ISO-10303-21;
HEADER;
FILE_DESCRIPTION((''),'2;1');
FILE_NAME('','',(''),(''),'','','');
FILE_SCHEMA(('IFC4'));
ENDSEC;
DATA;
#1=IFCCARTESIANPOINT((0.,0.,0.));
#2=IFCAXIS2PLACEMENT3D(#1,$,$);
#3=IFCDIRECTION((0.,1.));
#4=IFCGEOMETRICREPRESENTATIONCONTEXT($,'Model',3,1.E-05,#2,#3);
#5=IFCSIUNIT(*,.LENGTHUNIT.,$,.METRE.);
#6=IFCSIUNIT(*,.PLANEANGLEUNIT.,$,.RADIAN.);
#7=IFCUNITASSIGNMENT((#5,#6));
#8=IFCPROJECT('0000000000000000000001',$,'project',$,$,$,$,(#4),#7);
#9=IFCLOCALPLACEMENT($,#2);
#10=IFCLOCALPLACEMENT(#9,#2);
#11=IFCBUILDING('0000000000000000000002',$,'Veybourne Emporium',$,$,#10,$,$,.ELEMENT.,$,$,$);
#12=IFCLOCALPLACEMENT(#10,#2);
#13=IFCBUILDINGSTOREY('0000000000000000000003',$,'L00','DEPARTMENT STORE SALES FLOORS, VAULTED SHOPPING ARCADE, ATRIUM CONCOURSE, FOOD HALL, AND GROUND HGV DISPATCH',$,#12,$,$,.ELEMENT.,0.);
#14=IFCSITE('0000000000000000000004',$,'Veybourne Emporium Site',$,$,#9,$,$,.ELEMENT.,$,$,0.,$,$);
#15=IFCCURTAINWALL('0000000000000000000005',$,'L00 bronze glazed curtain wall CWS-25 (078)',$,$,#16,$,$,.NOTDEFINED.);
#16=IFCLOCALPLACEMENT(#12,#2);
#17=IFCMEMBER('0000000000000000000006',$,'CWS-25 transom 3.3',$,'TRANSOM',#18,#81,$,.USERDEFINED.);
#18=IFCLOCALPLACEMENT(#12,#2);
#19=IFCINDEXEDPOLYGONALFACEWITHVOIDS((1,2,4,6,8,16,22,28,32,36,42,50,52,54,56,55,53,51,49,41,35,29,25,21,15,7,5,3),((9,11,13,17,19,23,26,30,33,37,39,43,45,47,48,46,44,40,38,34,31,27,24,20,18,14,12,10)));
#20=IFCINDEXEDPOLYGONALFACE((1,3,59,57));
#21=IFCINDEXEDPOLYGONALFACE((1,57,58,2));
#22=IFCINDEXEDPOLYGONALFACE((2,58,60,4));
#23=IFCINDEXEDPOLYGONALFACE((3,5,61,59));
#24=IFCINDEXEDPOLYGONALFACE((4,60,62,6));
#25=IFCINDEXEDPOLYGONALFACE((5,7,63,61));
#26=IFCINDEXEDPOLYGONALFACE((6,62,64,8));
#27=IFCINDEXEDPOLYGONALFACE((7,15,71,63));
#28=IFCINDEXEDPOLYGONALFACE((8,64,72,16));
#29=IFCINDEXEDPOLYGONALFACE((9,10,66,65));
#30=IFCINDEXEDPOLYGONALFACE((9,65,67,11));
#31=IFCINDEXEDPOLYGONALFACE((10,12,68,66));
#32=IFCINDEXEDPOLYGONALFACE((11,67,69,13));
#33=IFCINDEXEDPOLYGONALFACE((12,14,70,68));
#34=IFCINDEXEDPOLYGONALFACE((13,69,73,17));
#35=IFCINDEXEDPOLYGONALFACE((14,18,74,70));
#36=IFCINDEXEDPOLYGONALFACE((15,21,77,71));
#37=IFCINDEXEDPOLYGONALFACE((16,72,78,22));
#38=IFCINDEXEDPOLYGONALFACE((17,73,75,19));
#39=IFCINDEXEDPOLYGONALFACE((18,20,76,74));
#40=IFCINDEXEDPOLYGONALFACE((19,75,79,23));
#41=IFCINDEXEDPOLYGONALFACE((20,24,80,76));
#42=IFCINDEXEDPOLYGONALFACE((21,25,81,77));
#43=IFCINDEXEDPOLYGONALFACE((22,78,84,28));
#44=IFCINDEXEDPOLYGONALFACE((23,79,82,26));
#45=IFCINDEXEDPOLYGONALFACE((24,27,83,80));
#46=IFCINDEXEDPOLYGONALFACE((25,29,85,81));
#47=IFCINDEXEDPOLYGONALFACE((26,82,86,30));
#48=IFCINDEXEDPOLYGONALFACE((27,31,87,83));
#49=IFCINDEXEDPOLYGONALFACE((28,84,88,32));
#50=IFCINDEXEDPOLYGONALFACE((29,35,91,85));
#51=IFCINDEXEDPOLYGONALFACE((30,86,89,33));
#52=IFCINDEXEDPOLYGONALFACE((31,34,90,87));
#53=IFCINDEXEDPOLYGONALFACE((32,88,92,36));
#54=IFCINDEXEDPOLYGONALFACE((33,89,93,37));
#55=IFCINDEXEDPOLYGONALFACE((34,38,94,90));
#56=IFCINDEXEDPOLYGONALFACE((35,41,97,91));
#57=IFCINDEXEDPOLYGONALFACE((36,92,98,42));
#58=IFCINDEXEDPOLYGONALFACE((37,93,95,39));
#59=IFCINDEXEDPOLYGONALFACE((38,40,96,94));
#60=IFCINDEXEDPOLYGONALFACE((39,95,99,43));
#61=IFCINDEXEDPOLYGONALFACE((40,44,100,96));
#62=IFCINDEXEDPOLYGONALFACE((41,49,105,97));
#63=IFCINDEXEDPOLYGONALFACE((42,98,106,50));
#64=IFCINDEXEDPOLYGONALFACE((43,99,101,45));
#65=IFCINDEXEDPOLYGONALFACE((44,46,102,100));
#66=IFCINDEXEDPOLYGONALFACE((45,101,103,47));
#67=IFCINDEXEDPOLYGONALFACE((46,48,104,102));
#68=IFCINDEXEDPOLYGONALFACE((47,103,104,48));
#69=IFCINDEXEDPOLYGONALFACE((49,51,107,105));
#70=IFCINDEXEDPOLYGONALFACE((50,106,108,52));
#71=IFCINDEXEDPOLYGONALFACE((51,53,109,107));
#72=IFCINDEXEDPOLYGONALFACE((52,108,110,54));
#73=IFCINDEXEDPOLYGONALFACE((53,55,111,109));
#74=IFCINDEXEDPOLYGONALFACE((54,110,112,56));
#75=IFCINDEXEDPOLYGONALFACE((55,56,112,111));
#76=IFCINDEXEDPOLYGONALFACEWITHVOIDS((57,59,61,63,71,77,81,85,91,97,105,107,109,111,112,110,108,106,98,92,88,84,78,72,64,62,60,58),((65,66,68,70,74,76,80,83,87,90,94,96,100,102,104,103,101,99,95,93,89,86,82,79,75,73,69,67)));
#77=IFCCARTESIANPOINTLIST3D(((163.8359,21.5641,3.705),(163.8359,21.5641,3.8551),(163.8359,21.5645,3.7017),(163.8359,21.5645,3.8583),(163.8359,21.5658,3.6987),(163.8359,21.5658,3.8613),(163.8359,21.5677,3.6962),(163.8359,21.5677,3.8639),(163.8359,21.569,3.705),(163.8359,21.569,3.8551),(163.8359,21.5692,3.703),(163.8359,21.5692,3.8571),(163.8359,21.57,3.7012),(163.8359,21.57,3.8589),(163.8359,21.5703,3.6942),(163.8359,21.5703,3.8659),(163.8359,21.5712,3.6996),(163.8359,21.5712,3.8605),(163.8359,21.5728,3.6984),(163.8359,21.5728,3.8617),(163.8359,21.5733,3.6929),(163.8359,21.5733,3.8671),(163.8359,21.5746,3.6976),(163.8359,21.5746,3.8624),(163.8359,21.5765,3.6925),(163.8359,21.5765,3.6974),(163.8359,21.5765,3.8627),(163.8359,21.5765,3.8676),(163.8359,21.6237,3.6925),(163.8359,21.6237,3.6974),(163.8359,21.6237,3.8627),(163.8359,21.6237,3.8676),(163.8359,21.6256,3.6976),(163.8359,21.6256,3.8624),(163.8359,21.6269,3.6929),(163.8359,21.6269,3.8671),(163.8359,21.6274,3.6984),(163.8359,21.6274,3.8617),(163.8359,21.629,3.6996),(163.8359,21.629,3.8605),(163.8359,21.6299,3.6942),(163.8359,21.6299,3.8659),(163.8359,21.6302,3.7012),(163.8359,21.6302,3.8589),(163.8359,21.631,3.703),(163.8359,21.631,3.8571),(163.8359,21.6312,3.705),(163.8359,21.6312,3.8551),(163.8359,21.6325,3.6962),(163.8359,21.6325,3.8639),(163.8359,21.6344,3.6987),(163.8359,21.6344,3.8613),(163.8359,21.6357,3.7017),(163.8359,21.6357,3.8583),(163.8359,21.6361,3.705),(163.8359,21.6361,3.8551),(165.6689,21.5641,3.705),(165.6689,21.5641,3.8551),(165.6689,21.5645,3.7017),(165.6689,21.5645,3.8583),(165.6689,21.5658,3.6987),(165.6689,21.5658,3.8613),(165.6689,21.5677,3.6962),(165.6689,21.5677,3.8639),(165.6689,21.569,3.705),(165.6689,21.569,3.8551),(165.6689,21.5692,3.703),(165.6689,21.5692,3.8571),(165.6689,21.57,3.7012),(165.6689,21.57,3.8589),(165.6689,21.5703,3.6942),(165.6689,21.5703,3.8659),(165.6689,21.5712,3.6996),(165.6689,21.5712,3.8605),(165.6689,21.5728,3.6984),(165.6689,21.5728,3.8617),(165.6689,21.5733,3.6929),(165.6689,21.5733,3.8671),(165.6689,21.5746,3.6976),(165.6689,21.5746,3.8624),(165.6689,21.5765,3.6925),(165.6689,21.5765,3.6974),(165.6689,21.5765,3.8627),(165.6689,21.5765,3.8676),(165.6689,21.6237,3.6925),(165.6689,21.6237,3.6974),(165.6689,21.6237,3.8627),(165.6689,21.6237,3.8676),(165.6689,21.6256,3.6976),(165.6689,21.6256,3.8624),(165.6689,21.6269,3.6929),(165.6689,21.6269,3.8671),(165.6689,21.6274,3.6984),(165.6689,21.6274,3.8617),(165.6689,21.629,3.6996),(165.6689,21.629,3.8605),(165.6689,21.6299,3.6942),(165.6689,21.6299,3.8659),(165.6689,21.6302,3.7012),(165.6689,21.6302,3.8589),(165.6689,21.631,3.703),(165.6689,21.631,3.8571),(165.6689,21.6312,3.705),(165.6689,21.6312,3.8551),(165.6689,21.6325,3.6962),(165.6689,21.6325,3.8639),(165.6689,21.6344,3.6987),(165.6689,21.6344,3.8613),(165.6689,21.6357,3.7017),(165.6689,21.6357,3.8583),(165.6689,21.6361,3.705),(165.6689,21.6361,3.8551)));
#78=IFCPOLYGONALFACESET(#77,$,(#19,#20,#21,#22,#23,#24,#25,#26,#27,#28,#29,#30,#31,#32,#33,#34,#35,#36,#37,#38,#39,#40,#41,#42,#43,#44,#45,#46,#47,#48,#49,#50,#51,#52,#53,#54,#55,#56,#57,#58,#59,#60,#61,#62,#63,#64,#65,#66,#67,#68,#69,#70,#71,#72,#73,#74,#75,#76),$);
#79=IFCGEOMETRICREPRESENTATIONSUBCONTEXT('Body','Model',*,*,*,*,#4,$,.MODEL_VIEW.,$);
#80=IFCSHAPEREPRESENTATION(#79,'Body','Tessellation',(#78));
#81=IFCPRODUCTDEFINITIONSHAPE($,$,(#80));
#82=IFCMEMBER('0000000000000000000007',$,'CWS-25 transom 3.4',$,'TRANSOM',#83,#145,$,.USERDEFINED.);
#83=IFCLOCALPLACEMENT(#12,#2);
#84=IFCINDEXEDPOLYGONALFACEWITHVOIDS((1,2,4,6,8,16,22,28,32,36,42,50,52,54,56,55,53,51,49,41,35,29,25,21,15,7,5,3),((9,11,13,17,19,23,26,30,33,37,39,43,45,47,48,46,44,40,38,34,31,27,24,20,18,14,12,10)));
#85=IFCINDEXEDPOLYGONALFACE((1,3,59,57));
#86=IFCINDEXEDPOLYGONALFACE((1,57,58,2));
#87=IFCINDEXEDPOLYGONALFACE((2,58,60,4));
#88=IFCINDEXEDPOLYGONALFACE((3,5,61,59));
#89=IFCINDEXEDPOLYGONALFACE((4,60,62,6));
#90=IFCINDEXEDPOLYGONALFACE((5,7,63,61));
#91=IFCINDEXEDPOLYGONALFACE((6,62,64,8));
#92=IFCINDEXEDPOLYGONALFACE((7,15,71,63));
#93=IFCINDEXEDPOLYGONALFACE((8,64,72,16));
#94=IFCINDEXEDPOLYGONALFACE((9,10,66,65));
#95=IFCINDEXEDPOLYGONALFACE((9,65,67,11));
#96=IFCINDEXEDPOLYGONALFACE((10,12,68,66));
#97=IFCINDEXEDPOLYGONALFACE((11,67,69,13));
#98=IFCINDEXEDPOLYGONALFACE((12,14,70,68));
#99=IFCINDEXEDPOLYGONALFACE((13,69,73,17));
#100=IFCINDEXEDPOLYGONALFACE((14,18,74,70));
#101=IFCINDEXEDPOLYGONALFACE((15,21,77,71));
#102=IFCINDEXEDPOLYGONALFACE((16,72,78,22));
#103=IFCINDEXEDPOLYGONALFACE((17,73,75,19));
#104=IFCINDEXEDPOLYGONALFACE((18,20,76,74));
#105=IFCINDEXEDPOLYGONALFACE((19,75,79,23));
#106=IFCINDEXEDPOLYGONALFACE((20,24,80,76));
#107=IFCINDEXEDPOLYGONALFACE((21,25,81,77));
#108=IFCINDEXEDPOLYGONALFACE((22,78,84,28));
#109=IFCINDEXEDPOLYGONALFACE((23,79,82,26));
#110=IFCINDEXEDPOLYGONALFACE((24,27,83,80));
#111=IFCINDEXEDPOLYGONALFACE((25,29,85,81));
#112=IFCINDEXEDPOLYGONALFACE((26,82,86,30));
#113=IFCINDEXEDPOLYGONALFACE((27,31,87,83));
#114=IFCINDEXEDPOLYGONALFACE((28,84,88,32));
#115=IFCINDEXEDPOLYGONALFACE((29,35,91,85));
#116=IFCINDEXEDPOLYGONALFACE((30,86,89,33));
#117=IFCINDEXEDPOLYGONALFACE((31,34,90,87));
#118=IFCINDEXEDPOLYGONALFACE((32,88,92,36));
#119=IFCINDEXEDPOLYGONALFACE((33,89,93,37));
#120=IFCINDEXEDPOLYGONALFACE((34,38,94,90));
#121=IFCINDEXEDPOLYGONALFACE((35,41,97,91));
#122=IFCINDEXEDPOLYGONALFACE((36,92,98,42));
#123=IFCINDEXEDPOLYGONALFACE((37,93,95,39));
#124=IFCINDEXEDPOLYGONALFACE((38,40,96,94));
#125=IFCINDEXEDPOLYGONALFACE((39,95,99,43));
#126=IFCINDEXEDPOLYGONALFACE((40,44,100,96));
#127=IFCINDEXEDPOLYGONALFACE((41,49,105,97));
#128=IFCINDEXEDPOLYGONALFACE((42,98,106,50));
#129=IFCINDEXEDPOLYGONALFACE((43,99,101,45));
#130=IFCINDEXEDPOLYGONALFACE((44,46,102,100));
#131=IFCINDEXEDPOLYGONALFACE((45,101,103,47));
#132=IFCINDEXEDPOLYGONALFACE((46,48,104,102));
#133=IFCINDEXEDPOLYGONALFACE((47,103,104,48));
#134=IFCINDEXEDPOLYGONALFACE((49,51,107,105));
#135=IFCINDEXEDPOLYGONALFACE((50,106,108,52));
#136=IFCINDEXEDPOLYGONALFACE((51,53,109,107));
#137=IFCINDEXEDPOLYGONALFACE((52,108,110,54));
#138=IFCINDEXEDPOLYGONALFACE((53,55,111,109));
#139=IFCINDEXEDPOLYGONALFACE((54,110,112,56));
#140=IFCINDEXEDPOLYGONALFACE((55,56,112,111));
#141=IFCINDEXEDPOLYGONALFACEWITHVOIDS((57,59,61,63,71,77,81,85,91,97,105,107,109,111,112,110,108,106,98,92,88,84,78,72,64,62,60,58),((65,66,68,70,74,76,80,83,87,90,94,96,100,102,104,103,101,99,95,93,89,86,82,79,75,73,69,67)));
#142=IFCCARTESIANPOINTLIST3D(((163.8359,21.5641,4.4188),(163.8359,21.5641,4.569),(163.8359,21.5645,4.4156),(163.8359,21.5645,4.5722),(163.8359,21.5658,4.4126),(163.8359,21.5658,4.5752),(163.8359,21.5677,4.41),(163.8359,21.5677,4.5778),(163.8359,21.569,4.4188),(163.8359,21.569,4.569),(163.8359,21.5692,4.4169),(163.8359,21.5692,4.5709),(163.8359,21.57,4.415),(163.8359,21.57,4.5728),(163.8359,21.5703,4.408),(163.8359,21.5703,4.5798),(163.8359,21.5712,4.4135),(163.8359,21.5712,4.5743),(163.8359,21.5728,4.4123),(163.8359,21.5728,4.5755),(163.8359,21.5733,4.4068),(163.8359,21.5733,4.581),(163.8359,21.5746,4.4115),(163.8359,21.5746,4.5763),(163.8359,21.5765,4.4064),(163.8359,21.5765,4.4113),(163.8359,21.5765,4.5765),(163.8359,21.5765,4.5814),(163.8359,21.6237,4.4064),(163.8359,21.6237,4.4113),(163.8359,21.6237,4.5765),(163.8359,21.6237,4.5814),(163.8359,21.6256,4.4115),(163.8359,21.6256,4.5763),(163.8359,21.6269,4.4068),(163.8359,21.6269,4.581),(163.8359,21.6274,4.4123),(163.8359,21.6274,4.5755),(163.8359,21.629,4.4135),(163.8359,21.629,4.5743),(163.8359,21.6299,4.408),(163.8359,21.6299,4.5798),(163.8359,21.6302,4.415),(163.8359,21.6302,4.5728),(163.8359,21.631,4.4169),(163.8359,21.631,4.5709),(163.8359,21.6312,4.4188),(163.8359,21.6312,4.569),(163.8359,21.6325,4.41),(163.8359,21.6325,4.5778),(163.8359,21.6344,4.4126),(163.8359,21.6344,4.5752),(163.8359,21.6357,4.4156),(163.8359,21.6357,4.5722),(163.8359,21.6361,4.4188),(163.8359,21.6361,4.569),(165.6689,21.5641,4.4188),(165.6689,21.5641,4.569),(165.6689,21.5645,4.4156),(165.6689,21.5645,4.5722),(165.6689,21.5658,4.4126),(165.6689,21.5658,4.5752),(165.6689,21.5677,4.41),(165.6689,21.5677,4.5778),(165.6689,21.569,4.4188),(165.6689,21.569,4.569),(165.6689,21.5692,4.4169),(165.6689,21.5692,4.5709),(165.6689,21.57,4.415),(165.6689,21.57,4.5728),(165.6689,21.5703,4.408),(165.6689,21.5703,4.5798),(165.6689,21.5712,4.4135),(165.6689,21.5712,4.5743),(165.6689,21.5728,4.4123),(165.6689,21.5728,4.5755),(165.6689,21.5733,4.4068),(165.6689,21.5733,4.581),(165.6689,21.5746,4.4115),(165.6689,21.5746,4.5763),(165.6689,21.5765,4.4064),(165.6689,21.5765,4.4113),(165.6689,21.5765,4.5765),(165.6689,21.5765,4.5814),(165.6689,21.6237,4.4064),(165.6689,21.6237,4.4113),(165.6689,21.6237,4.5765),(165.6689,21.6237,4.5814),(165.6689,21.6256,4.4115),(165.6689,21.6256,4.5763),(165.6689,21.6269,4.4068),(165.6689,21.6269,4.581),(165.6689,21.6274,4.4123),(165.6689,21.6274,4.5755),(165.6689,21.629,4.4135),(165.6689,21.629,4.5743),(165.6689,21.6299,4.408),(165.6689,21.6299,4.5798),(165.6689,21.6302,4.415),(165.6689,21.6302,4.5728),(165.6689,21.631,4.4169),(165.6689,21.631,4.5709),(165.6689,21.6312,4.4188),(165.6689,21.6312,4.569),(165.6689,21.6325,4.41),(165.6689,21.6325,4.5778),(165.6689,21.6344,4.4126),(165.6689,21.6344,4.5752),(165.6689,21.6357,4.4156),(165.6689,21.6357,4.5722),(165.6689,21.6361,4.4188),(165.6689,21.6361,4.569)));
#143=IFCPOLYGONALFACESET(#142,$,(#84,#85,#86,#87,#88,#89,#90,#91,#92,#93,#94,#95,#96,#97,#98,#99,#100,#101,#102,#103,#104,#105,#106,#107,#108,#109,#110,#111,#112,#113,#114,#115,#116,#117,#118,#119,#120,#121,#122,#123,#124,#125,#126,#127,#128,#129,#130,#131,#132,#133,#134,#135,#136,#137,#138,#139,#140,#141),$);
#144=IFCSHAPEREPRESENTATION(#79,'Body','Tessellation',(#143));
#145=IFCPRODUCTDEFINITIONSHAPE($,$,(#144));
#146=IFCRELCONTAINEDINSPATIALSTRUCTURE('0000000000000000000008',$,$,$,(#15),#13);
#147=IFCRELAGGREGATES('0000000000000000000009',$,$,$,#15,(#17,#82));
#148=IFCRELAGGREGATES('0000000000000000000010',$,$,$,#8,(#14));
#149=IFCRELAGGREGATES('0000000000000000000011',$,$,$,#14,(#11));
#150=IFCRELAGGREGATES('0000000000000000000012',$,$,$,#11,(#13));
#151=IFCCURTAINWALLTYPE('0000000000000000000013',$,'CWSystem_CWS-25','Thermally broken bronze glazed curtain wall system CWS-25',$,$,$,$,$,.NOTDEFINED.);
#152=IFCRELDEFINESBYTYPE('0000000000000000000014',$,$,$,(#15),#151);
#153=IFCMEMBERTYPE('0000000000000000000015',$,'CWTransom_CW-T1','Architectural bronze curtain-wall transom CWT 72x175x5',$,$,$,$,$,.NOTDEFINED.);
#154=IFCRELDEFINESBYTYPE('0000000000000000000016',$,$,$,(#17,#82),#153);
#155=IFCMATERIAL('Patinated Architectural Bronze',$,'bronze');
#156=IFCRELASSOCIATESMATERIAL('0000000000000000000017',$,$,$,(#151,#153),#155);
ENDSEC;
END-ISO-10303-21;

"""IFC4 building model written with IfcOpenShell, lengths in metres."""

from ifc_helpers import new_model, si_unit, direction, frame, origin, origin_2d, place, context, subcontext, project, spatial, hollow_rectangle, extrude, material, material_profile, profile_set, type_object, element, aggregate, save


model = new_model("IFC4")

# Units and contexts
model_context = context("Model", 3, precision=1e-05, world=origin(), true_north=direction((0.0, 1.0)))
body_context = subcontext(model_context, "Body", "Model", "MODEL_VIEW")
ifc_project = project(units=[si_unit("LENGTHUNIT", "METRE"), si_unit("PLANEANGLEUNIT", "RADIAN")], contexts=[model_context])

# Site, building, storey
site_placement = place(None, origin())
site = spatial("IfcSite", under=ifc_project, at=site_placement, Name="Veybourne Emporium Site", CompositionType="ELEMENT", RefElevation=0.0)
building_placement = place(site_placement, origin())
building = spatial("IfcBuilding", under=site, at=building_placement, Name="Veybourne Emporium", CompositionType="ELEMENT")
storey_placement = place(building_placement, origin())
storey = spatial("IfcBuildingStorey", under=building, at=storey_placement, Name="L00", Description="DEPARTMENT STORE SALES FLOORS, VAULTED SHOPPING ARCADE, ATRIUM CONCOURSE, FOOD HALL, AND GROUND HGV DISPATCH", CompositionType="ELEMENT", Elevation=0.0)

# Curtain wall
ifc_material_1 = material(Name="Patinated Architectural Bronze", Category="bronze")
curtain_wall_type_1 = type_object("IfcCurtainWallType", Name="CWSystem_CWS-25", Description="Thermally broken bronze glazed curtain wall system CWS-25", PredefinedType="NOTDEFINED", material=ifc_material_1)
curtain_wall_1_placement = place(storey_placement, origin())
curtain_wall_1 = element("IfcCurtainWall", 1, at=curtain_wall_1_placement, inside=storey, type_object=curtain_wall_type_1, Name="L00 bronze glazed curtain wall CWS-25 (078)", PredefinedType="NOTDEFINED")

# Members
ifc_material_profile_1 = material_profile(ifc_material_1, hollow_rectangle(XDim=0.072, YDim=0.175, WallThickness=0.0049, InnerFilletRadius=0.0076, OuterFilletRadius=0.0125, at=origin_2d()), Name="CWT 72x175x5")
ifc_profile_set_1 = profile_set([ifc_material_profile_1], Name="Patinated Architectural Bronze")
member_type_1 = type_object("IfcMemberType", Name="CWTransom_CW-T1", Description="Architectural bronze curtain-wall transom CWT 72x175x5", PredefinedType="NOTDEFINED", material=ifc_profile_set_1)
member_1_placement = place(storey_placement, frame((163.8359, 21.6001, 3.78), z_axis=(1.0, 0.0, 0.0), x_axis=(0.0, 1.0, 0.0)))
member_1 = element("IfcMember", 2, at=member_1_placement, type_object=member_type_1, Name="CWS-25 transom 3.3", ObjectType="TRANSOM", PredefinedType="USERDEFINED", context=body_context, shape_type="SweptSolid", body=[
    extrude(hollow_rectangle(XDim=0.072, YDim=0.175, WallThickness=0.0049, InnerFilletRadius=0.0076, OuterFilletRadius=0.0125, at=origin_2d()), origin(), (0.0, 0.0, 1.0), 1.833),
])
member_2_placement = place(storey_placement, frame((163.8359, 21.6001, 4.4939), z_axis=(1.0, 0.0, 0.0), x_axis=(0.0, 1.0, 0.0)))
member_2 = element("IfcMember", 3, at=member_2_placement, type_object=member_type_1, Name="CWS-25 transom 3.4", ObjectType="TRANSOM", PredefinedType="USERDEFINED", context=body_context, shape_type="SweptSolid", body=[
    extrude(hollow_rectangle(XDim=0.072, YDim=0.175, WallThickness=0.0049, InnerFilletRadius=0.0076, OuterFilletRadius=0.0125, at=origin_2d()), origin(), (0.0, 0.0, 1.0), 1.833),
])

aggregate(curtain_wall_1, [member_1, member_2])

save(model, "model.ifc")
